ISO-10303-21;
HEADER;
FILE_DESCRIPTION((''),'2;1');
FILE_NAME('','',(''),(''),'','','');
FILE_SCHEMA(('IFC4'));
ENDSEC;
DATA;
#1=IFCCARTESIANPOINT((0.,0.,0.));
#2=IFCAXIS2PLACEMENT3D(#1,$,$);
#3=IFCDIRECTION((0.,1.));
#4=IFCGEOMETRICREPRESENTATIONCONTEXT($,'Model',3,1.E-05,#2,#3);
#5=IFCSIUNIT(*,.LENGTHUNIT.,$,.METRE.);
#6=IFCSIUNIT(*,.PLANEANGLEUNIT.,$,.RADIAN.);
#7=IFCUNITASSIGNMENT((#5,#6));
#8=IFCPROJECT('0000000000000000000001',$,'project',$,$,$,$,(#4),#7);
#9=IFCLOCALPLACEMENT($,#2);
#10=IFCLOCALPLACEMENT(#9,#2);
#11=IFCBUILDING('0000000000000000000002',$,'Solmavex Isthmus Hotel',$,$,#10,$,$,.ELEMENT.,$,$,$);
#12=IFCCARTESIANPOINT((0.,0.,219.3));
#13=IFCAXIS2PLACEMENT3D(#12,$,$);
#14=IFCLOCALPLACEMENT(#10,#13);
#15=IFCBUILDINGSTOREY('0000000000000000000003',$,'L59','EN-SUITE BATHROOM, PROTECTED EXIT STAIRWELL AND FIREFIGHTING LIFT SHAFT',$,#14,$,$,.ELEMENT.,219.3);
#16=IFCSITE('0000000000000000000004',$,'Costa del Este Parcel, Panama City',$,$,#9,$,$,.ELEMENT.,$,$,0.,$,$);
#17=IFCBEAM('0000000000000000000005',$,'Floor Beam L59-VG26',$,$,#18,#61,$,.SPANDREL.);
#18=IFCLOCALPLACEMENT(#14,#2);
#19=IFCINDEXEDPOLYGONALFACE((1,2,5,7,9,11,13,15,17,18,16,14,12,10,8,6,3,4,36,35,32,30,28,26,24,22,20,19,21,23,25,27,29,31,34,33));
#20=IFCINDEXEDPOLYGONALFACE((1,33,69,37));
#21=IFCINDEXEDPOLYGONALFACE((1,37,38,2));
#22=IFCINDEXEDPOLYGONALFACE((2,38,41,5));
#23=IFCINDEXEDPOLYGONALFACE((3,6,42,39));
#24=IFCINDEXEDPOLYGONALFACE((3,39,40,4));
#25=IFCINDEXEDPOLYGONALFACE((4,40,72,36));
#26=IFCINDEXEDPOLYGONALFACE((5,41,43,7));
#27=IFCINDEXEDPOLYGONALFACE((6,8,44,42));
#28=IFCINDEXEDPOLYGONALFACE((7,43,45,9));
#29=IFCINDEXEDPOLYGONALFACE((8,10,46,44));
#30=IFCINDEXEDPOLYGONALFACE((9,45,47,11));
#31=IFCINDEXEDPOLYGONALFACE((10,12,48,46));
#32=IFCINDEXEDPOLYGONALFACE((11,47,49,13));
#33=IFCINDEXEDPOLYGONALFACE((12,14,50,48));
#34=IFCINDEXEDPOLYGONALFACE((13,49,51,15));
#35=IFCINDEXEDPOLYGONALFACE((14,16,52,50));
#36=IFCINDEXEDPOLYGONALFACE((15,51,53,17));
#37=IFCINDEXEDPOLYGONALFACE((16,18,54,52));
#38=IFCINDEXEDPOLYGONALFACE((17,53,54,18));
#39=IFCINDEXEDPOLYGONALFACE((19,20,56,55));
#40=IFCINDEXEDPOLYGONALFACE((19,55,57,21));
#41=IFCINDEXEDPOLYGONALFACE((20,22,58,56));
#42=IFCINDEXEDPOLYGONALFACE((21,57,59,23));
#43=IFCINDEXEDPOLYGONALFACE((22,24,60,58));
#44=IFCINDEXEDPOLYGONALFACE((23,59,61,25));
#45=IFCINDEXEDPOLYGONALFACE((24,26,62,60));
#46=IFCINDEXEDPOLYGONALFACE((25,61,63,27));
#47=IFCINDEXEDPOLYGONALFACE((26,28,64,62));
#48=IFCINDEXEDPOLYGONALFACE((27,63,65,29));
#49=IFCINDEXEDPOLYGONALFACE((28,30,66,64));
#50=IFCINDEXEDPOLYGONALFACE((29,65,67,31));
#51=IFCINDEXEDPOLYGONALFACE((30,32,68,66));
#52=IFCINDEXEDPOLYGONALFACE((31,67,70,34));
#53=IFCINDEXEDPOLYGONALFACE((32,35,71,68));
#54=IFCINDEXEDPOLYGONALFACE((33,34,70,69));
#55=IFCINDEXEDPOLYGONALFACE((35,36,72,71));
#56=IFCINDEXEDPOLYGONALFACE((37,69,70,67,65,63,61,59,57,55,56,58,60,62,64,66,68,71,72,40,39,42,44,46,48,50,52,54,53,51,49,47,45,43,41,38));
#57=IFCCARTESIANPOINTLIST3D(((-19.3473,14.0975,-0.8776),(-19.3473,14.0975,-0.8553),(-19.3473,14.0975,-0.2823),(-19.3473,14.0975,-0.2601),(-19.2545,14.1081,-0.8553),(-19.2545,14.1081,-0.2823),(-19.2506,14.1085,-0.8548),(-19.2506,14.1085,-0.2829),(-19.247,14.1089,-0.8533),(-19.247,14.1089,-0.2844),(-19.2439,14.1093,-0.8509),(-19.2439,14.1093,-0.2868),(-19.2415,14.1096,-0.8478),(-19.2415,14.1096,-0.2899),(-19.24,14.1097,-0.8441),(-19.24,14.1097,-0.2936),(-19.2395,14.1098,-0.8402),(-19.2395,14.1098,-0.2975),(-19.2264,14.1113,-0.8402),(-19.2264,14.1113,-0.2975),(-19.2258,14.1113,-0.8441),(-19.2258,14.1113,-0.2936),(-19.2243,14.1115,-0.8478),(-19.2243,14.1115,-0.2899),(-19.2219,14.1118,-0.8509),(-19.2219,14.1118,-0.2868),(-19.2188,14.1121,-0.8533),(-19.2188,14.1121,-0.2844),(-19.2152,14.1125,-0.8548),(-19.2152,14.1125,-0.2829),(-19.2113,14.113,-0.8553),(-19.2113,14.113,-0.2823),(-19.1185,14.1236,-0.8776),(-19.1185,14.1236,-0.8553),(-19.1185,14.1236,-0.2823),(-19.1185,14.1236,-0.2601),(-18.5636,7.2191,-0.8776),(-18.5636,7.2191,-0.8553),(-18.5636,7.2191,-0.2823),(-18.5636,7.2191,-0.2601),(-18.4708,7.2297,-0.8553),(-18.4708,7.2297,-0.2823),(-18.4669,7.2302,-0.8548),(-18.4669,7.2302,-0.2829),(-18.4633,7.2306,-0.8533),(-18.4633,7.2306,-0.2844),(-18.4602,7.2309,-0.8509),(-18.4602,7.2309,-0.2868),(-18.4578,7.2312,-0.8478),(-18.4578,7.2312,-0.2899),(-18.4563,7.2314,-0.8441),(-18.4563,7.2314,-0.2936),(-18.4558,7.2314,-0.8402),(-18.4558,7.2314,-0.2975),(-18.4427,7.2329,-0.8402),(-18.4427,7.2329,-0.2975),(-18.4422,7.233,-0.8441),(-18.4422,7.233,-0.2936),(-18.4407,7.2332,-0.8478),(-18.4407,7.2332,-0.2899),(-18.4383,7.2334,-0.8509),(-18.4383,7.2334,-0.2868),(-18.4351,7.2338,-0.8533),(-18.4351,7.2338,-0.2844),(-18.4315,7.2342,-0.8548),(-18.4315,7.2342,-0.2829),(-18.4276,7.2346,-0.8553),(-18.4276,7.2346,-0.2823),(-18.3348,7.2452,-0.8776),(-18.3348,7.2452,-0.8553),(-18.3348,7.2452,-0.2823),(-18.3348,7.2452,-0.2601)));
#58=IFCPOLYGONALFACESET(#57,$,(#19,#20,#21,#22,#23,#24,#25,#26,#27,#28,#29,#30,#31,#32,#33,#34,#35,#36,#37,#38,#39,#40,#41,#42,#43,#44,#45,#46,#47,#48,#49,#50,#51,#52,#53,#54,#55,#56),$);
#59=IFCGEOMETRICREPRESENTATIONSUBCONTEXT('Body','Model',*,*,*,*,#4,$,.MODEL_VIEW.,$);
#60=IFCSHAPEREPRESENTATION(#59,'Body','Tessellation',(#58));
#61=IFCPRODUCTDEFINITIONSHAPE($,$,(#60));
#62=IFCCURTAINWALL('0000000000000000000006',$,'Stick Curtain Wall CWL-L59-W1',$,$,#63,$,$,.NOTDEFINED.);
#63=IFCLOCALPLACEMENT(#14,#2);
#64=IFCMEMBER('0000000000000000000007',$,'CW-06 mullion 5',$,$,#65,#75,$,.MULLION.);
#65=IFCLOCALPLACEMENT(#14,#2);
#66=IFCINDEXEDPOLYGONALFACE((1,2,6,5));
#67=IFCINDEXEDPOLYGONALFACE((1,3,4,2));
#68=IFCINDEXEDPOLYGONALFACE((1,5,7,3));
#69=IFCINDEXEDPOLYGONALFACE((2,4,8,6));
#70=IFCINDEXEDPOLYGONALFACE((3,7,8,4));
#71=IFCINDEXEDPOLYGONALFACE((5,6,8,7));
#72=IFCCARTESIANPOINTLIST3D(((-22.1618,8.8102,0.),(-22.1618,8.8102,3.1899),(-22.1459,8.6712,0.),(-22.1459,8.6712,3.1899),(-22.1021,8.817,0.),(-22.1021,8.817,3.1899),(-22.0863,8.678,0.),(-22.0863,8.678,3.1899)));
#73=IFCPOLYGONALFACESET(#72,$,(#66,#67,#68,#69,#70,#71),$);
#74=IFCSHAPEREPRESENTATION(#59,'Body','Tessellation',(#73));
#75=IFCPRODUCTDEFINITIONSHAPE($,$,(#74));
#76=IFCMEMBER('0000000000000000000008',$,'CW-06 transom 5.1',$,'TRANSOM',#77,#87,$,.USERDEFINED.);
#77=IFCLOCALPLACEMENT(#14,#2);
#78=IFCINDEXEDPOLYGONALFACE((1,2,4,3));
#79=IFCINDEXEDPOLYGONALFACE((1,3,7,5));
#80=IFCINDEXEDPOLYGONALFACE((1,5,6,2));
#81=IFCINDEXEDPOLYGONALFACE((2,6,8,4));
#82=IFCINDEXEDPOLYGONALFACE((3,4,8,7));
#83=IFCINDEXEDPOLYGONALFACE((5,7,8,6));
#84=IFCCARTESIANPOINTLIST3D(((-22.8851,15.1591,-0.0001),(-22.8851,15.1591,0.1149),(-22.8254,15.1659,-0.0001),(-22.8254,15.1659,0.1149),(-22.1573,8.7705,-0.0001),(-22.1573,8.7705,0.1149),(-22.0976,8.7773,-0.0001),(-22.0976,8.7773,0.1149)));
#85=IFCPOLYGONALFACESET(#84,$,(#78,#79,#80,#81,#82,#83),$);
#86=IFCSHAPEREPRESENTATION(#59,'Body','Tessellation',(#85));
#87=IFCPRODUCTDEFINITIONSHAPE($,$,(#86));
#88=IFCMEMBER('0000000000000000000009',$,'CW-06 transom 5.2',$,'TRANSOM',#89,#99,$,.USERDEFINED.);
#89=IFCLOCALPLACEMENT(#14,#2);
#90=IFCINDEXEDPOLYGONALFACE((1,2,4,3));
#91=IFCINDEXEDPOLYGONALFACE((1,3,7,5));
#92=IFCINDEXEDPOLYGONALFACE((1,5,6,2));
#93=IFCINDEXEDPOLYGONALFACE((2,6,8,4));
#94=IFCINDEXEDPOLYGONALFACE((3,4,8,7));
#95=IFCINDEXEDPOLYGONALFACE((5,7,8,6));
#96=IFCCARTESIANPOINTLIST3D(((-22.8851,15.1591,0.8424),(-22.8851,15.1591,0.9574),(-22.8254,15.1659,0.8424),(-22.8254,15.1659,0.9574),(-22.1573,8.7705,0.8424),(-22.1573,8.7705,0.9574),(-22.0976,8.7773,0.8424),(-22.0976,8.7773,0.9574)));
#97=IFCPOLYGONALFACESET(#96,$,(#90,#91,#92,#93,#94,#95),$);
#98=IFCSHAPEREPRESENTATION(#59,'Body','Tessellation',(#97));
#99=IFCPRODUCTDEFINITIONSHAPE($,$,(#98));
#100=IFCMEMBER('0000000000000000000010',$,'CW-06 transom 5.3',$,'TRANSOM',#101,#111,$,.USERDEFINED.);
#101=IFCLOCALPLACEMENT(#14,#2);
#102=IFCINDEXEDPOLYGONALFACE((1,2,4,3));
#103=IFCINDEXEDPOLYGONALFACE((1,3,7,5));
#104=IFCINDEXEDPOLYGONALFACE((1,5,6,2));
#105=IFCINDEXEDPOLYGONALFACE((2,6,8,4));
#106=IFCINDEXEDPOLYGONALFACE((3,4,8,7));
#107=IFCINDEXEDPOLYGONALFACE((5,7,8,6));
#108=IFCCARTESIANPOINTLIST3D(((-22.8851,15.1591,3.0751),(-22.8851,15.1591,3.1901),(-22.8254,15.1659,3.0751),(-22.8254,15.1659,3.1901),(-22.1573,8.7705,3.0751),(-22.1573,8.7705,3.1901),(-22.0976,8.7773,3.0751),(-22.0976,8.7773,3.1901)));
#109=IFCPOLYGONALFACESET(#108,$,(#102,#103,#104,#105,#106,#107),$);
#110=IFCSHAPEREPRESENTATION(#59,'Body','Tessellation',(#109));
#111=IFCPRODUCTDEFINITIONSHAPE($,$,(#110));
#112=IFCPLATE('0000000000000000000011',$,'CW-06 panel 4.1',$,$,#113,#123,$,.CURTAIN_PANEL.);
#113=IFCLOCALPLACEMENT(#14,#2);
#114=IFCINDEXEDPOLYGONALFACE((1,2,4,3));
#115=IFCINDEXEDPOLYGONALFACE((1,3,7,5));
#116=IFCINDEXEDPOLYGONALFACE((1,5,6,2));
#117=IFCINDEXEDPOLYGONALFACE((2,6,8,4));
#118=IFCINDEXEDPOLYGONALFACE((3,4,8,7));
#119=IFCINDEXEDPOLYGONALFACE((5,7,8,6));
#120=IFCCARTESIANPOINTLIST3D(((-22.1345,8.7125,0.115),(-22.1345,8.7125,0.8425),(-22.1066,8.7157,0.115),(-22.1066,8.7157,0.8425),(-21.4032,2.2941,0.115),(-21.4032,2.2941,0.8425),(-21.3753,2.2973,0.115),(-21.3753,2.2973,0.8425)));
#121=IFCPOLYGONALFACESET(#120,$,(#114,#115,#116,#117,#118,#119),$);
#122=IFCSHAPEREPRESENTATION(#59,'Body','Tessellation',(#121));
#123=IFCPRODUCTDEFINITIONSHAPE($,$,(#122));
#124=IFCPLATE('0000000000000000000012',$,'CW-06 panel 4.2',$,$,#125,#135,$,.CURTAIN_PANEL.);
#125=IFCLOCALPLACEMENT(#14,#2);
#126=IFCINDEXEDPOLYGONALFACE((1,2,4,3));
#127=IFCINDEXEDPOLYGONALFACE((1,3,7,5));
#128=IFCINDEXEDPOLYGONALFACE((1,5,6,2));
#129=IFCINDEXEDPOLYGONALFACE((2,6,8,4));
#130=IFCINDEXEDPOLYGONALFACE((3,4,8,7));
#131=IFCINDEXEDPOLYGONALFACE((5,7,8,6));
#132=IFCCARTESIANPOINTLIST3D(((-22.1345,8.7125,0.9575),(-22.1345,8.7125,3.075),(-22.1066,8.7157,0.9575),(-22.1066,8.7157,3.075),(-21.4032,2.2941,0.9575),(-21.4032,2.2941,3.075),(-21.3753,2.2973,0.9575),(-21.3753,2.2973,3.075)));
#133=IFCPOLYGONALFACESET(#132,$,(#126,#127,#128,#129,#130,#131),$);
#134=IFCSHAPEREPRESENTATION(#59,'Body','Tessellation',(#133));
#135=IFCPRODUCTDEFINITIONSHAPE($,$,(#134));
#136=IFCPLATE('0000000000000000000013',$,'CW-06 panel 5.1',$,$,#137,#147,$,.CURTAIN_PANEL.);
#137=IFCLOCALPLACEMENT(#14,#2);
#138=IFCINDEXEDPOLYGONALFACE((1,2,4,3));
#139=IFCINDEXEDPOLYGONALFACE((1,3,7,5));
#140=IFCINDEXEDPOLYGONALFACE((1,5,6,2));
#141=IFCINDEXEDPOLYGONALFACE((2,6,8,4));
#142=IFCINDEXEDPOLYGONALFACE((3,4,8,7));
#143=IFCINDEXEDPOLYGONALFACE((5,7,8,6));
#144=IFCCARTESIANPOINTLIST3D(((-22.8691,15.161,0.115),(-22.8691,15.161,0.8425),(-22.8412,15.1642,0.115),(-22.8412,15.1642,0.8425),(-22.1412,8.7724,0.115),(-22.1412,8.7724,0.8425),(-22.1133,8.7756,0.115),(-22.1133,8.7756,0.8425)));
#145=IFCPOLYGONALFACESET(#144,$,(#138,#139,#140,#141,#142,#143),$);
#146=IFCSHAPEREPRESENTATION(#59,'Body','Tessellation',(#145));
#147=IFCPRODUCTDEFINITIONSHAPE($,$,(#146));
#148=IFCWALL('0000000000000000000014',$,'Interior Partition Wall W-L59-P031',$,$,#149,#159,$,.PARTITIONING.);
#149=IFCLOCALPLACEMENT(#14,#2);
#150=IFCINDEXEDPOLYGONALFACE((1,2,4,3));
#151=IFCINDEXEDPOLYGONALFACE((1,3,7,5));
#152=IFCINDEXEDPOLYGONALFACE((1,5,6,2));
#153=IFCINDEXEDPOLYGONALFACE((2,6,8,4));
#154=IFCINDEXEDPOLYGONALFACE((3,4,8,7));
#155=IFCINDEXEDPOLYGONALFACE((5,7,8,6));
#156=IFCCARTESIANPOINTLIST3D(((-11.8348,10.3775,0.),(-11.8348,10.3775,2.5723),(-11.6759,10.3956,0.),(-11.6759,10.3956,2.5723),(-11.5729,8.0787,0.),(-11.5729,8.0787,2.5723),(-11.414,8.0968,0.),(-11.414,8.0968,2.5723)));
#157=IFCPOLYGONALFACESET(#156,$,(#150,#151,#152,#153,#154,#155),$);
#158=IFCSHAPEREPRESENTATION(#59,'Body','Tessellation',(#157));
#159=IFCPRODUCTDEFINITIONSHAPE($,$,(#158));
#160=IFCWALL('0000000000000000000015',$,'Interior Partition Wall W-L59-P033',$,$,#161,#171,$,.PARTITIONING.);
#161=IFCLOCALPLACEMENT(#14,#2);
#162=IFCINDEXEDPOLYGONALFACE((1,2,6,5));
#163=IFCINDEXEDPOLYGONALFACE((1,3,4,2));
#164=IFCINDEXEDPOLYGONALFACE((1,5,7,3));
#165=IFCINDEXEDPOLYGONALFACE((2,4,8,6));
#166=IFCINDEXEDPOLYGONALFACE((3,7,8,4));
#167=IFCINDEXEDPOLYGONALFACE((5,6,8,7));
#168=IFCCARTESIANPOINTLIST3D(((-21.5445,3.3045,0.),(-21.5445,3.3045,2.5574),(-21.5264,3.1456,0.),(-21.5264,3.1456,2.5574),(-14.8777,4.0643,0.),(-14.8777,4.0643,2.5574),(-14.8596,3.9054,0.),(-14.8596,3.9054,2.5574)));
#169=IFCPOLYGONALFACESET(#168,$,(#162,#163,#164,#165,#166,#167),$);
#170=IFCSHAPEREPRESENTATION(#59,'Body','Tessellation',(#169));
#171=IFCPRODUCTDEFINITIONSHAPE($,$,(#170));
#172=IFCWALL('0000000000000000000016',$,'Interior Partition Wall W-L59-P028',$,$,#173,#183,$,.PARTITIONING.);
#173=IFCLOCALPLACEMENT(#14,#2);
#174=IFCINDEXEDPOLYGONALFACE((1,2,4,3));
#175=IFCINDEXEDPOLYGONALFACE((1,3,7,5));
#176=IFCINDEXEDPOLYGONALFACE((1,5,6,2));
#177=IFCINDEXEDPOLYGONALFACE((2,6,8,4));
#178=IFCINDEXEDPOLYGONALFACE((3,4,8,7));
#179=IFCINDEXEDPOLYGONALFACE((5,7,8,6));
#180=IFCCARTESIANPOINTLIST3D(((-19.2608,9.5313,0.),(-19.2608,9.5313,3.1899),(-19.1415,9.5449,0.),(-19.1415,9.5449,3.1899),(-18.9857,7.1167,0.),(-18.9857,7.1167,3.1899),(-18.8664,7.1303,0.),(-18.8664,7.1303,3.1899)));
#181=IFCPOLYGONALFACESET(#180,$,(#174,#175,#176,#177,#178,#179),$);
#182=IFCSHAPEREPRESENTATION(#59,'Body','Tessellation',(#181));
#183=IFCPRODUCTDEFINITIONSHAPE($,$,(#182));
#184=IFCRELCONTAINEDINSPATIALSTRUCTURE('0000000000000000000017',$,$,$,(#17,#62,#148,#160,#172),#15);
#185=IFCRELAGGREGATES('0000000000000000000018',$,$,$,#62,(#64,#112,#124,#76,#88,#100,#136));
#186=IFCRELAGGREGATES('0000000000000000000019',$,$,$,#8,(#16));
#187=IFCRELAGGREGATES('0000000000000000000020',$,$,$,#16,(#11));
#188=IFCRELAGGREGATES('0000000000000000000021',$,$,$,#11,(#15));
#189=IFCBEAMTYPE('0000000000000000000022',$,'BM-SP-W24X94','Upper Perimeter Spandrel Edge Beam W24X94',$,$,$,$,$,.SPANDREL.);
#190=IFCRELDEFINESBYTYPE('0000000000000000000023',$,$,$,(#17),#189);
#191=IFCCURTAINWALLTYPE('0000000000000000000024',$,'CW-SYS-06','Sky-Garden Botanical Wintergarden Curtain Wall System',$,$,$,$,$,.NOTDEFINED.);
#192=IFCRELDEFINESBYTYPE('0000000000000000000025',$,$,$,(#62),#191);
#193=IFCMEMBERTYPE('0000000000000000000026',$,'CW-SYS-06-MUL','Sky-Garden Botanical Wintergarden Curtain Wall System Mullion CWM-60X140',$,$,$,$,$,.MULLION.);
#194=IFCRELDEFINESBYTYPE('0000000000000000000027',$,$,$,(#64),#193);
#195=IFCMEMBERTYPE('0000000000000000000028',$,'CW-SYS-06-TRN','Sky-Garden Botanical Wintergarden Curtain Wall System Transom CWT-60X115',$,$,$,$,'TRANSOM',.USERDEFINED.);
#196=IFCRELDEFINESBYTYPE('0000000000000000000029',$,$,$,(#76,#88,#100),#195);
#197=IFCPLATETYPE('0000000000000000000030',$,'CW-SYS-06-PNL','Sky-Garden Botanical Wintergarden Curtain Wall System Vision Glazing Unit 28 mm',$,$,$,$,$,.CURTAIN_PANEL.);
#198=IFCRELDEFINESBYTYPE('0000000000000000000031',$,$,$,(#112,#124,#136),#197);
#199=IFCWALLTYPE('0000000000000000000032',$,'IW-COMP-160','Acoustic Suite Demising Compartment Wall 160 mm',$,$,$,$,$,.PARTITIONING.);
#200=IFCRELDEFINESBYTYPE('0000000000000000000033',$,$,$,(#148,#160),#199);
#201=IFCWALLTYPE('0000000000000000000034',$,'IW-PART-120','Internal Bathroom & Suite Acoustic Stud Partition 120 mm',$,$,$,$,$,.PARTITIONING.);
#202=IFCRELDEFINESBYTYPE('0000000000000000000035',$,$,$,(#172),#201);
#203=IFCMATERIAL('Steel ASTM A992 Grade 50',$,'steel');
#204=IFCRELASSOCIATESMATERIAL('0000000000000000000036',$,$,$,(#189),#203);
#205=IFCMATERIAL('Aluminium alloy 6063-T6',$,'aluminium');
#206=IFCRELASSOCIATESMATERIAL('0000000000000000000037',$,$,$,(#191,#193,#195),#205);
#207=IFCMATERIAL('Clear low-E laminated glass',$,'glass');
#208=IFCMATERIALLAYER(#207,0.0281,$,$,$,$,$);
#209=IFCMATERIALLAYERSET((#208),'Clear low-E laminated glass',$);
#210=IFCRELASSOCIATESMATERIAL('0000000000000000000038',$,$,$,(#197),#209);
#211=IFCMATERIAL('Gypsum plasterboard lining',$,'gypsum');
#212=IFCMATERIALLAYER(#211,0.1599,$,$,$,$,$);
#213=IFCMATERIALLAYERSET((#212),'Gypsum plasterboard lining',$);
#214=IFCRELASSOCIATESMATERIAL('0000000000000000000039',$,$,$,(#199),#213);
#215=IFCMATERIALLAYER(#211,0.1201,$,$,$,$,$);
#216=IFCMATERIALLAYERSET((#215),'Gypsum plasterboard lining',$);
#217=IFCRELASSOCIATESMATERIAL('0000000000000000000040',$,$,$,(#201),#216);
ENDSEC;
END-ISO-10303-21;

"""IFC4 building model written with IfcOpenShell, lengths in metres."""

from ifc_helpers import new_model, si_unit, direction, frame, frame_2d, origin, origin_2d, place, context, subcontext, project, spatial, rectangle, i_section, extrude, material, layer, layer_set, material_profile, profile_set, type_object, element, aggregate, save


model = new_model("IFC4")

# Units and contexts
model_context = context("Model", 3, precision=1e-05, world=origin(), true_north=direction((0.0, 1.0)))
body_context = subcontext(model_context, "Body", "Model", "MODEL_VIEW")
ifc_project = project(units=[si_unit("LENGTHUNIT", "METRE"), si_unit("PLANEANGLEUNIT", "RADIAN")], contexts=[model_context])

# Site, building, storey
site_placement = place(None, origin())
site = spatial("IfcSite", under=ifc_project, at=site_placement, Name="Costa del Este Parcel, Panama City", CompositionType="ELEMENT", RefElevation=0.0)
building_placement = place(site_placement, origin())
building = spatial("IfcBuilding", under=site, at=building_placement, Name="Solmavex Isthmus Hotel", CompositionType="ELEMENT")
storey_placement = place(building_placement, frame((0.0, 0.0, 219.3)))
storey = spatial("IfcBuildingStorey", under=building, at=storey_placement, Name="L59", Description="EN-SUITE BATHROOM, PROTECTED EXIT STAIRWELL AND FIREFIGHTING LIFT SHAFT", CompositionType="ELEMENT", Elevation=219.3)

# Beam
ifc_material_1 = material(Name="Steel ASTM A992 Grade 50", Category="steel")
ifc_material_profile_1 = material_profile(ifc_material_1, i_section(OverallWidth=0.2302, OverallDepth=0.6174, WebThickness=0.0132, FlangeThickness=0.0222, FilletRadius=0.0151, at=origin_2d()), Name="W24X94")
ifc_profile_set_1 = profile_set([ifc_material_profile_1], Name="Steel ASTM A992 Grade 50")
beam_type_1 = type_object("IfcBeamType", Name="BM-SP-W24X94", Description="Upper Perimeter Spandrel Edge Beam W24X94", PredefinedType="SPANDREL", material=ifc_profile_set_1)
beam_1_placement = place(storey_placement, frame((-18.4492, 7.2322, -0.5688), z_axis=(-0.113202, 0.993572, 0.0), x_axis=(-0.993572, -0.113202, 0.0)))
element("IfcBeam", 1, at=beam_1_placement, inside=storey, type_object=beam_type_1, Name="Floor Beam L59-VG26", PredefinedType="SPANDREL", context=body_context, shape_type="SweptSolid", body=[
    extrude(i_section(OverallWidth=0.2302, OverallDepth=0.6174, WebThickness=0.0132, FlangeThickness=0.0222, FilletRadius=0.0151, at=origin_2d()), origin(), (0.0, 0.0, 1.0), 6.9229),
])

# Curtain wall, members, plates
ifc_material_2 = material(Name="Aluminium alloy 6063-T6", Category="aluminium")
curtain_wall_type = type_object("IfcCurtainWallType", Name="CW-SYS-06", Description="Sky-Garden Botanical Wintergarden Curtain Wall System", PredefinedType="NOTDEFINED", material=ifc_material_2)
curtain_wall_placement = place(storey_placement, origin())
curtain_wall = element("IfcCurtainWall", 2, at=curtain_wall_placement, inside=storey, type_object=curtain_wall_type, Name="Stick Curtain Wall CWL-L59-W1", PredefinedType="NOTDEFINED")
ifc_material_profile_2 = material_profile(ifc_material_2, rectangle(XDim=0.0601, YDim=0.1399, at=origin_2d()), Name="CWM-60X140")
ifc_profile_set_2 = profile_set([ifc_material_profile_2], Name="Aluminium alloy 6063-T6")
member_type_1 = type_object("IfcMemberType", Name="CW-SYS-06-MUL", Description="Sky-Garden Botanical Wintergarden Curtain Wall System Mullion CWM-60X140", PredefinedType="MULLION", material=ifc_profile_set_2)
member_1_placement = place(storey_placement, frame((-22.124, 8.7441, 0.0), z_axis=(0.0, 0.0, 1.0), x_axis=(-0.993572, -0.113203, 0.0)))
member_1 = element("IfcMember", 3, at=member_1_placement, type_object=member_type_1, Name="CW-06 mullion 5", PredefinedType="MULLION", context=body_context, shape_type="SweptSolid", body=[
    extrude(rectangle(XDim=0.0601, YDim=0.1399, at=origin_2d()), origin(), (0.0, 0.0, 1.0), 3.1899),
])
ifc_material_profile_3 = material_profile(ifc_material_2, rectangle(XDim=0.0601, YDim=0.115, at=origin_2d()), Name="CWT-60X115")
ifc_profile_set_3 = profile_set([ifc_material_profile_3], Name="Aluminium alloy 6063-T6")
member_type_2 = type_object("IfcMemberType", Name="CW-SYS-06-TRN", Description="Sky-Garden Botanical Wintergarden Curtain Wall System Transom CWT-60X115", ElementType="TRANSOM", PredefinedType="USERDEFINED", material=ifc_profile_set_3)
member_2_placement = place(storey_placement, frame((-22.1274, 8.7739, 0.0574), z_axis=(-0.113186, 0.993574, 0.0), x_axis=(-0.993574, -0.113186, 0.0)))
member_2 = element("IfcMember", 4, at=member_2_placement, type_object=member_type_2, Name="CW-06 transom 5.1", ObjectType="TRANSOM", PredefinedType="USERDEFINED", context=body_context, shape_type="SweptSolid", body=[
    extrude(rectangle(XDim=0.0601, YDim=0.115, at=origin_2d()), origin(), (0.0, 0.0, 1.0), 6.4299),
])
member_3_placement = place(storey_placement, frame((-22.1274, 8.7739, 0.8999), z_axis=(-0.113186, 0.993574, 0.0), x_axis=(-0.993574, -0.113186, 0.0)))
member_3 = element("IfcMember", 5, at=member_3_placement, type_object=member_type_2, Name="CW-06 transom 5.2", ObjectType="TRANSOM", PredefinedType="USERDEFINED", context=body_context, shape_type="SweptSolid", body=[
    extrude(rectangle(XDim=0.0601, YDim=0.115, at=origin_2d()), origin(), (0.0, 0.0, 1.0), 6.4299),
])
member_4_placement = place(storey_placement, frame((-22.1274, 8.7739, 3.1326), z_axis=(-0.113186, 0.993574, 0.0), x_axis=(-0.993574, -0.113186, 0.0)))
member_4 = element("IfcMember", 6, at=member_4_placement, type_object=member_type_2, Name="CW-06 transom 5.3", ObjectType="TRANSOM", PredefinedType="USERDEFINED", context=body_context, shape_type="SweptSolid", body=[
    extrude(rectangle(XDim=0.0601, YDim=0.115, at=origin_2d()), origin(), (0.0, 0.0, 1.0), 6.4299),
])
ifc_material_3 = material(Name="Clear low-E laminated glass", Category="glass")
ifc_layer_1 = layer(ifc_material_3, 0.0281)
ifc_layer_set_1 = layer_set([ifc_layer_1], Name="Clear low-E laminated glass")
plate_type = type_object("IfcPlateType", Name="CW-SYS-06-PNL", Description="Sky-Garden Botanical Wintergarden Curtain Wall System Vision Glazing Unit 28 mm", PredefinedType="CURTAIN_PANEL", material=ifc_layer_set_1)
plate_1_placement = place(storey_placement, frame((-21.7549, 5.5049, 0.115), z_axis=(0.0, 0.0, 1.0), x_axis=(-0.113203, 0.993572, 0.0)))
plate_1 = element("IfcPlate", 7, at=plate_1_placement, type_object=plate_type, Name="CW-06 panel 4.1", PredefinedType="CURTAIN_PANEL", context=body_context, shape_type="SweptSolid", body=[
    extrude(rectangle(XDim=6.46, YDim=0.0281, at=origin_2d()), origin(), (0.0, 0.0, 1.0), 0.7275),
])
plate_2_placement = place(storey_placement, frame((-21.7549, 5.5049, 0.9575), z_axis=(0.0, 0.0, 1.0), x_axis=(-0.113203, 0.993572, 0.0)))
plate_2 = element("IfcPlate", 8, at=plate_2_placement, type_object=plate_type, Name="CW-06 panel 4.2", PredefinedType="CURTAIN_PANEL", context=body_context, shape_type="SweptSolid", body=[
    extrude(rectangle(XDim=6.46, YDim=0.0281, at=origin_2d()), origin(), (0.0, 0.0, 1.0), 2.1174),
])
plate_3_placement = place(storey_placement, frame((-22.4912, 11.9683, 0.115), z_axis=(0.0, 0.0, 1.0), x_axis=(-0.113203, 0.993572, 0.0)))
plate_3 = element("IfcPlate", 9, at=plate_3_placement, type_object=plate_type, Name="CW-06 panel 5.1", PredefinedType="CURTAIN_PANEL", context=body_context, shape_type="SweptSolid", body=[
    extrude(rectangle(XDim=6.4299, YDim=0.0281, at=origin_2d()), origin(), (0.0, 0.0, 1.0), 0.7275),
])
aggregate(curtain_wall, [member_1, plate_1, plate_2, member_2, member_3, member_4, plate_3])

# Shared definitions
ifc_material_4 = material(Name="Gypsum plasterboard lining", Category="gypsum")
ifc_layer_2 = layer(ifc_material_4, 0.1599)
ifc_layer_set_2 = layer_set([ifc_layer_2], Name="Gypsum plasterboard lining")
wall_type_1 = type_object("IfcWallType", Name="IW-COMP-160", Description="Acoustic Suite Demising Compartment Wall 160 mm", PredefinedType="PARTITIONING", material=ifc_layer_set_2)

# Walls
wall_1_placement = place(storey_placement, frame((-11.7554, 10.3865, 0.0), z_axis=(0.0, 0.0, 1.0), x_axis=(0.113222, -0.99357, 0.0)))
element("IfcWall", 10, at=wall_1_placement, inside=storey, type_object=wall_type_1, Name="Interior Partition Wall W-L59-P031", PredefinedType="PARTITIONING", context=body_context, shape_type="SweptSolid", body=[
    extrude(rectangle(XDim=2.3137, YDim=0.1599, at=frame_2d((1.1567, 0.0))), origin(), (0.0, 0.0, 1.0), 2.5723),
])
wall_2_placement = place(storey_placement, frame((-14.8687, 3.9849, 0.0), z_axis=(0.0, 0.0, 1.0), x_axis=(-0.993569, -0.113231, 0.0)))
element("IfcWall", 11, at=wall_2_placement, inside=storey, type_object=wall_type_1, Name="Interior Partition Wall W-L59-P033", PredefinedType="PARTITIONING", context=body_context, shape_type="SweptSolid", body=[
    extrude(rectangle(XDim=6.71, YDim=0.1599, at=frame_2d((3.355, 0.0))), origin(), (0.0, 0.0, 1.0), 2.5574),
])

# Wall
ifc_layer_3 = layer(ifc_material_4, 0.1201)
ifc_layer_set_3 = layer_set([ifc_layer_3], Name="Gypsum plasterboard lining")
wall_type_2 = type_object("IfcWallType", Name="IW-PART-120", Description="Internal Bathroom & Suite Acoustic Stud Partition 120 mm", PredefinedType="PARTITIONING", material=ifc_layer_set_3)
wall_3_placement = place(storey_placement, frame((-19.2012, 9.5381, 0.0), z_axis=(0.0, 0.0, 1.0), x_axis=(0.113221, -0.99357, 0.0)))
element("IfcWall", 12, at=wall_3_placement, inside=storey, type_object=wall_type_2, Name="Interior Partition Wall W-L59-P028", PredefinedType="PARTITIONING", context=body_context, shape_type="SweptSolid", body=[
    extrude(rectangle(XDim=2.4302, YDim=0.1201, at=frame_2d((1.2151, 0.0))), origin(), (0.0, 0.0, 1.0), 3.1899),
])

save(model, "model.ifc")
